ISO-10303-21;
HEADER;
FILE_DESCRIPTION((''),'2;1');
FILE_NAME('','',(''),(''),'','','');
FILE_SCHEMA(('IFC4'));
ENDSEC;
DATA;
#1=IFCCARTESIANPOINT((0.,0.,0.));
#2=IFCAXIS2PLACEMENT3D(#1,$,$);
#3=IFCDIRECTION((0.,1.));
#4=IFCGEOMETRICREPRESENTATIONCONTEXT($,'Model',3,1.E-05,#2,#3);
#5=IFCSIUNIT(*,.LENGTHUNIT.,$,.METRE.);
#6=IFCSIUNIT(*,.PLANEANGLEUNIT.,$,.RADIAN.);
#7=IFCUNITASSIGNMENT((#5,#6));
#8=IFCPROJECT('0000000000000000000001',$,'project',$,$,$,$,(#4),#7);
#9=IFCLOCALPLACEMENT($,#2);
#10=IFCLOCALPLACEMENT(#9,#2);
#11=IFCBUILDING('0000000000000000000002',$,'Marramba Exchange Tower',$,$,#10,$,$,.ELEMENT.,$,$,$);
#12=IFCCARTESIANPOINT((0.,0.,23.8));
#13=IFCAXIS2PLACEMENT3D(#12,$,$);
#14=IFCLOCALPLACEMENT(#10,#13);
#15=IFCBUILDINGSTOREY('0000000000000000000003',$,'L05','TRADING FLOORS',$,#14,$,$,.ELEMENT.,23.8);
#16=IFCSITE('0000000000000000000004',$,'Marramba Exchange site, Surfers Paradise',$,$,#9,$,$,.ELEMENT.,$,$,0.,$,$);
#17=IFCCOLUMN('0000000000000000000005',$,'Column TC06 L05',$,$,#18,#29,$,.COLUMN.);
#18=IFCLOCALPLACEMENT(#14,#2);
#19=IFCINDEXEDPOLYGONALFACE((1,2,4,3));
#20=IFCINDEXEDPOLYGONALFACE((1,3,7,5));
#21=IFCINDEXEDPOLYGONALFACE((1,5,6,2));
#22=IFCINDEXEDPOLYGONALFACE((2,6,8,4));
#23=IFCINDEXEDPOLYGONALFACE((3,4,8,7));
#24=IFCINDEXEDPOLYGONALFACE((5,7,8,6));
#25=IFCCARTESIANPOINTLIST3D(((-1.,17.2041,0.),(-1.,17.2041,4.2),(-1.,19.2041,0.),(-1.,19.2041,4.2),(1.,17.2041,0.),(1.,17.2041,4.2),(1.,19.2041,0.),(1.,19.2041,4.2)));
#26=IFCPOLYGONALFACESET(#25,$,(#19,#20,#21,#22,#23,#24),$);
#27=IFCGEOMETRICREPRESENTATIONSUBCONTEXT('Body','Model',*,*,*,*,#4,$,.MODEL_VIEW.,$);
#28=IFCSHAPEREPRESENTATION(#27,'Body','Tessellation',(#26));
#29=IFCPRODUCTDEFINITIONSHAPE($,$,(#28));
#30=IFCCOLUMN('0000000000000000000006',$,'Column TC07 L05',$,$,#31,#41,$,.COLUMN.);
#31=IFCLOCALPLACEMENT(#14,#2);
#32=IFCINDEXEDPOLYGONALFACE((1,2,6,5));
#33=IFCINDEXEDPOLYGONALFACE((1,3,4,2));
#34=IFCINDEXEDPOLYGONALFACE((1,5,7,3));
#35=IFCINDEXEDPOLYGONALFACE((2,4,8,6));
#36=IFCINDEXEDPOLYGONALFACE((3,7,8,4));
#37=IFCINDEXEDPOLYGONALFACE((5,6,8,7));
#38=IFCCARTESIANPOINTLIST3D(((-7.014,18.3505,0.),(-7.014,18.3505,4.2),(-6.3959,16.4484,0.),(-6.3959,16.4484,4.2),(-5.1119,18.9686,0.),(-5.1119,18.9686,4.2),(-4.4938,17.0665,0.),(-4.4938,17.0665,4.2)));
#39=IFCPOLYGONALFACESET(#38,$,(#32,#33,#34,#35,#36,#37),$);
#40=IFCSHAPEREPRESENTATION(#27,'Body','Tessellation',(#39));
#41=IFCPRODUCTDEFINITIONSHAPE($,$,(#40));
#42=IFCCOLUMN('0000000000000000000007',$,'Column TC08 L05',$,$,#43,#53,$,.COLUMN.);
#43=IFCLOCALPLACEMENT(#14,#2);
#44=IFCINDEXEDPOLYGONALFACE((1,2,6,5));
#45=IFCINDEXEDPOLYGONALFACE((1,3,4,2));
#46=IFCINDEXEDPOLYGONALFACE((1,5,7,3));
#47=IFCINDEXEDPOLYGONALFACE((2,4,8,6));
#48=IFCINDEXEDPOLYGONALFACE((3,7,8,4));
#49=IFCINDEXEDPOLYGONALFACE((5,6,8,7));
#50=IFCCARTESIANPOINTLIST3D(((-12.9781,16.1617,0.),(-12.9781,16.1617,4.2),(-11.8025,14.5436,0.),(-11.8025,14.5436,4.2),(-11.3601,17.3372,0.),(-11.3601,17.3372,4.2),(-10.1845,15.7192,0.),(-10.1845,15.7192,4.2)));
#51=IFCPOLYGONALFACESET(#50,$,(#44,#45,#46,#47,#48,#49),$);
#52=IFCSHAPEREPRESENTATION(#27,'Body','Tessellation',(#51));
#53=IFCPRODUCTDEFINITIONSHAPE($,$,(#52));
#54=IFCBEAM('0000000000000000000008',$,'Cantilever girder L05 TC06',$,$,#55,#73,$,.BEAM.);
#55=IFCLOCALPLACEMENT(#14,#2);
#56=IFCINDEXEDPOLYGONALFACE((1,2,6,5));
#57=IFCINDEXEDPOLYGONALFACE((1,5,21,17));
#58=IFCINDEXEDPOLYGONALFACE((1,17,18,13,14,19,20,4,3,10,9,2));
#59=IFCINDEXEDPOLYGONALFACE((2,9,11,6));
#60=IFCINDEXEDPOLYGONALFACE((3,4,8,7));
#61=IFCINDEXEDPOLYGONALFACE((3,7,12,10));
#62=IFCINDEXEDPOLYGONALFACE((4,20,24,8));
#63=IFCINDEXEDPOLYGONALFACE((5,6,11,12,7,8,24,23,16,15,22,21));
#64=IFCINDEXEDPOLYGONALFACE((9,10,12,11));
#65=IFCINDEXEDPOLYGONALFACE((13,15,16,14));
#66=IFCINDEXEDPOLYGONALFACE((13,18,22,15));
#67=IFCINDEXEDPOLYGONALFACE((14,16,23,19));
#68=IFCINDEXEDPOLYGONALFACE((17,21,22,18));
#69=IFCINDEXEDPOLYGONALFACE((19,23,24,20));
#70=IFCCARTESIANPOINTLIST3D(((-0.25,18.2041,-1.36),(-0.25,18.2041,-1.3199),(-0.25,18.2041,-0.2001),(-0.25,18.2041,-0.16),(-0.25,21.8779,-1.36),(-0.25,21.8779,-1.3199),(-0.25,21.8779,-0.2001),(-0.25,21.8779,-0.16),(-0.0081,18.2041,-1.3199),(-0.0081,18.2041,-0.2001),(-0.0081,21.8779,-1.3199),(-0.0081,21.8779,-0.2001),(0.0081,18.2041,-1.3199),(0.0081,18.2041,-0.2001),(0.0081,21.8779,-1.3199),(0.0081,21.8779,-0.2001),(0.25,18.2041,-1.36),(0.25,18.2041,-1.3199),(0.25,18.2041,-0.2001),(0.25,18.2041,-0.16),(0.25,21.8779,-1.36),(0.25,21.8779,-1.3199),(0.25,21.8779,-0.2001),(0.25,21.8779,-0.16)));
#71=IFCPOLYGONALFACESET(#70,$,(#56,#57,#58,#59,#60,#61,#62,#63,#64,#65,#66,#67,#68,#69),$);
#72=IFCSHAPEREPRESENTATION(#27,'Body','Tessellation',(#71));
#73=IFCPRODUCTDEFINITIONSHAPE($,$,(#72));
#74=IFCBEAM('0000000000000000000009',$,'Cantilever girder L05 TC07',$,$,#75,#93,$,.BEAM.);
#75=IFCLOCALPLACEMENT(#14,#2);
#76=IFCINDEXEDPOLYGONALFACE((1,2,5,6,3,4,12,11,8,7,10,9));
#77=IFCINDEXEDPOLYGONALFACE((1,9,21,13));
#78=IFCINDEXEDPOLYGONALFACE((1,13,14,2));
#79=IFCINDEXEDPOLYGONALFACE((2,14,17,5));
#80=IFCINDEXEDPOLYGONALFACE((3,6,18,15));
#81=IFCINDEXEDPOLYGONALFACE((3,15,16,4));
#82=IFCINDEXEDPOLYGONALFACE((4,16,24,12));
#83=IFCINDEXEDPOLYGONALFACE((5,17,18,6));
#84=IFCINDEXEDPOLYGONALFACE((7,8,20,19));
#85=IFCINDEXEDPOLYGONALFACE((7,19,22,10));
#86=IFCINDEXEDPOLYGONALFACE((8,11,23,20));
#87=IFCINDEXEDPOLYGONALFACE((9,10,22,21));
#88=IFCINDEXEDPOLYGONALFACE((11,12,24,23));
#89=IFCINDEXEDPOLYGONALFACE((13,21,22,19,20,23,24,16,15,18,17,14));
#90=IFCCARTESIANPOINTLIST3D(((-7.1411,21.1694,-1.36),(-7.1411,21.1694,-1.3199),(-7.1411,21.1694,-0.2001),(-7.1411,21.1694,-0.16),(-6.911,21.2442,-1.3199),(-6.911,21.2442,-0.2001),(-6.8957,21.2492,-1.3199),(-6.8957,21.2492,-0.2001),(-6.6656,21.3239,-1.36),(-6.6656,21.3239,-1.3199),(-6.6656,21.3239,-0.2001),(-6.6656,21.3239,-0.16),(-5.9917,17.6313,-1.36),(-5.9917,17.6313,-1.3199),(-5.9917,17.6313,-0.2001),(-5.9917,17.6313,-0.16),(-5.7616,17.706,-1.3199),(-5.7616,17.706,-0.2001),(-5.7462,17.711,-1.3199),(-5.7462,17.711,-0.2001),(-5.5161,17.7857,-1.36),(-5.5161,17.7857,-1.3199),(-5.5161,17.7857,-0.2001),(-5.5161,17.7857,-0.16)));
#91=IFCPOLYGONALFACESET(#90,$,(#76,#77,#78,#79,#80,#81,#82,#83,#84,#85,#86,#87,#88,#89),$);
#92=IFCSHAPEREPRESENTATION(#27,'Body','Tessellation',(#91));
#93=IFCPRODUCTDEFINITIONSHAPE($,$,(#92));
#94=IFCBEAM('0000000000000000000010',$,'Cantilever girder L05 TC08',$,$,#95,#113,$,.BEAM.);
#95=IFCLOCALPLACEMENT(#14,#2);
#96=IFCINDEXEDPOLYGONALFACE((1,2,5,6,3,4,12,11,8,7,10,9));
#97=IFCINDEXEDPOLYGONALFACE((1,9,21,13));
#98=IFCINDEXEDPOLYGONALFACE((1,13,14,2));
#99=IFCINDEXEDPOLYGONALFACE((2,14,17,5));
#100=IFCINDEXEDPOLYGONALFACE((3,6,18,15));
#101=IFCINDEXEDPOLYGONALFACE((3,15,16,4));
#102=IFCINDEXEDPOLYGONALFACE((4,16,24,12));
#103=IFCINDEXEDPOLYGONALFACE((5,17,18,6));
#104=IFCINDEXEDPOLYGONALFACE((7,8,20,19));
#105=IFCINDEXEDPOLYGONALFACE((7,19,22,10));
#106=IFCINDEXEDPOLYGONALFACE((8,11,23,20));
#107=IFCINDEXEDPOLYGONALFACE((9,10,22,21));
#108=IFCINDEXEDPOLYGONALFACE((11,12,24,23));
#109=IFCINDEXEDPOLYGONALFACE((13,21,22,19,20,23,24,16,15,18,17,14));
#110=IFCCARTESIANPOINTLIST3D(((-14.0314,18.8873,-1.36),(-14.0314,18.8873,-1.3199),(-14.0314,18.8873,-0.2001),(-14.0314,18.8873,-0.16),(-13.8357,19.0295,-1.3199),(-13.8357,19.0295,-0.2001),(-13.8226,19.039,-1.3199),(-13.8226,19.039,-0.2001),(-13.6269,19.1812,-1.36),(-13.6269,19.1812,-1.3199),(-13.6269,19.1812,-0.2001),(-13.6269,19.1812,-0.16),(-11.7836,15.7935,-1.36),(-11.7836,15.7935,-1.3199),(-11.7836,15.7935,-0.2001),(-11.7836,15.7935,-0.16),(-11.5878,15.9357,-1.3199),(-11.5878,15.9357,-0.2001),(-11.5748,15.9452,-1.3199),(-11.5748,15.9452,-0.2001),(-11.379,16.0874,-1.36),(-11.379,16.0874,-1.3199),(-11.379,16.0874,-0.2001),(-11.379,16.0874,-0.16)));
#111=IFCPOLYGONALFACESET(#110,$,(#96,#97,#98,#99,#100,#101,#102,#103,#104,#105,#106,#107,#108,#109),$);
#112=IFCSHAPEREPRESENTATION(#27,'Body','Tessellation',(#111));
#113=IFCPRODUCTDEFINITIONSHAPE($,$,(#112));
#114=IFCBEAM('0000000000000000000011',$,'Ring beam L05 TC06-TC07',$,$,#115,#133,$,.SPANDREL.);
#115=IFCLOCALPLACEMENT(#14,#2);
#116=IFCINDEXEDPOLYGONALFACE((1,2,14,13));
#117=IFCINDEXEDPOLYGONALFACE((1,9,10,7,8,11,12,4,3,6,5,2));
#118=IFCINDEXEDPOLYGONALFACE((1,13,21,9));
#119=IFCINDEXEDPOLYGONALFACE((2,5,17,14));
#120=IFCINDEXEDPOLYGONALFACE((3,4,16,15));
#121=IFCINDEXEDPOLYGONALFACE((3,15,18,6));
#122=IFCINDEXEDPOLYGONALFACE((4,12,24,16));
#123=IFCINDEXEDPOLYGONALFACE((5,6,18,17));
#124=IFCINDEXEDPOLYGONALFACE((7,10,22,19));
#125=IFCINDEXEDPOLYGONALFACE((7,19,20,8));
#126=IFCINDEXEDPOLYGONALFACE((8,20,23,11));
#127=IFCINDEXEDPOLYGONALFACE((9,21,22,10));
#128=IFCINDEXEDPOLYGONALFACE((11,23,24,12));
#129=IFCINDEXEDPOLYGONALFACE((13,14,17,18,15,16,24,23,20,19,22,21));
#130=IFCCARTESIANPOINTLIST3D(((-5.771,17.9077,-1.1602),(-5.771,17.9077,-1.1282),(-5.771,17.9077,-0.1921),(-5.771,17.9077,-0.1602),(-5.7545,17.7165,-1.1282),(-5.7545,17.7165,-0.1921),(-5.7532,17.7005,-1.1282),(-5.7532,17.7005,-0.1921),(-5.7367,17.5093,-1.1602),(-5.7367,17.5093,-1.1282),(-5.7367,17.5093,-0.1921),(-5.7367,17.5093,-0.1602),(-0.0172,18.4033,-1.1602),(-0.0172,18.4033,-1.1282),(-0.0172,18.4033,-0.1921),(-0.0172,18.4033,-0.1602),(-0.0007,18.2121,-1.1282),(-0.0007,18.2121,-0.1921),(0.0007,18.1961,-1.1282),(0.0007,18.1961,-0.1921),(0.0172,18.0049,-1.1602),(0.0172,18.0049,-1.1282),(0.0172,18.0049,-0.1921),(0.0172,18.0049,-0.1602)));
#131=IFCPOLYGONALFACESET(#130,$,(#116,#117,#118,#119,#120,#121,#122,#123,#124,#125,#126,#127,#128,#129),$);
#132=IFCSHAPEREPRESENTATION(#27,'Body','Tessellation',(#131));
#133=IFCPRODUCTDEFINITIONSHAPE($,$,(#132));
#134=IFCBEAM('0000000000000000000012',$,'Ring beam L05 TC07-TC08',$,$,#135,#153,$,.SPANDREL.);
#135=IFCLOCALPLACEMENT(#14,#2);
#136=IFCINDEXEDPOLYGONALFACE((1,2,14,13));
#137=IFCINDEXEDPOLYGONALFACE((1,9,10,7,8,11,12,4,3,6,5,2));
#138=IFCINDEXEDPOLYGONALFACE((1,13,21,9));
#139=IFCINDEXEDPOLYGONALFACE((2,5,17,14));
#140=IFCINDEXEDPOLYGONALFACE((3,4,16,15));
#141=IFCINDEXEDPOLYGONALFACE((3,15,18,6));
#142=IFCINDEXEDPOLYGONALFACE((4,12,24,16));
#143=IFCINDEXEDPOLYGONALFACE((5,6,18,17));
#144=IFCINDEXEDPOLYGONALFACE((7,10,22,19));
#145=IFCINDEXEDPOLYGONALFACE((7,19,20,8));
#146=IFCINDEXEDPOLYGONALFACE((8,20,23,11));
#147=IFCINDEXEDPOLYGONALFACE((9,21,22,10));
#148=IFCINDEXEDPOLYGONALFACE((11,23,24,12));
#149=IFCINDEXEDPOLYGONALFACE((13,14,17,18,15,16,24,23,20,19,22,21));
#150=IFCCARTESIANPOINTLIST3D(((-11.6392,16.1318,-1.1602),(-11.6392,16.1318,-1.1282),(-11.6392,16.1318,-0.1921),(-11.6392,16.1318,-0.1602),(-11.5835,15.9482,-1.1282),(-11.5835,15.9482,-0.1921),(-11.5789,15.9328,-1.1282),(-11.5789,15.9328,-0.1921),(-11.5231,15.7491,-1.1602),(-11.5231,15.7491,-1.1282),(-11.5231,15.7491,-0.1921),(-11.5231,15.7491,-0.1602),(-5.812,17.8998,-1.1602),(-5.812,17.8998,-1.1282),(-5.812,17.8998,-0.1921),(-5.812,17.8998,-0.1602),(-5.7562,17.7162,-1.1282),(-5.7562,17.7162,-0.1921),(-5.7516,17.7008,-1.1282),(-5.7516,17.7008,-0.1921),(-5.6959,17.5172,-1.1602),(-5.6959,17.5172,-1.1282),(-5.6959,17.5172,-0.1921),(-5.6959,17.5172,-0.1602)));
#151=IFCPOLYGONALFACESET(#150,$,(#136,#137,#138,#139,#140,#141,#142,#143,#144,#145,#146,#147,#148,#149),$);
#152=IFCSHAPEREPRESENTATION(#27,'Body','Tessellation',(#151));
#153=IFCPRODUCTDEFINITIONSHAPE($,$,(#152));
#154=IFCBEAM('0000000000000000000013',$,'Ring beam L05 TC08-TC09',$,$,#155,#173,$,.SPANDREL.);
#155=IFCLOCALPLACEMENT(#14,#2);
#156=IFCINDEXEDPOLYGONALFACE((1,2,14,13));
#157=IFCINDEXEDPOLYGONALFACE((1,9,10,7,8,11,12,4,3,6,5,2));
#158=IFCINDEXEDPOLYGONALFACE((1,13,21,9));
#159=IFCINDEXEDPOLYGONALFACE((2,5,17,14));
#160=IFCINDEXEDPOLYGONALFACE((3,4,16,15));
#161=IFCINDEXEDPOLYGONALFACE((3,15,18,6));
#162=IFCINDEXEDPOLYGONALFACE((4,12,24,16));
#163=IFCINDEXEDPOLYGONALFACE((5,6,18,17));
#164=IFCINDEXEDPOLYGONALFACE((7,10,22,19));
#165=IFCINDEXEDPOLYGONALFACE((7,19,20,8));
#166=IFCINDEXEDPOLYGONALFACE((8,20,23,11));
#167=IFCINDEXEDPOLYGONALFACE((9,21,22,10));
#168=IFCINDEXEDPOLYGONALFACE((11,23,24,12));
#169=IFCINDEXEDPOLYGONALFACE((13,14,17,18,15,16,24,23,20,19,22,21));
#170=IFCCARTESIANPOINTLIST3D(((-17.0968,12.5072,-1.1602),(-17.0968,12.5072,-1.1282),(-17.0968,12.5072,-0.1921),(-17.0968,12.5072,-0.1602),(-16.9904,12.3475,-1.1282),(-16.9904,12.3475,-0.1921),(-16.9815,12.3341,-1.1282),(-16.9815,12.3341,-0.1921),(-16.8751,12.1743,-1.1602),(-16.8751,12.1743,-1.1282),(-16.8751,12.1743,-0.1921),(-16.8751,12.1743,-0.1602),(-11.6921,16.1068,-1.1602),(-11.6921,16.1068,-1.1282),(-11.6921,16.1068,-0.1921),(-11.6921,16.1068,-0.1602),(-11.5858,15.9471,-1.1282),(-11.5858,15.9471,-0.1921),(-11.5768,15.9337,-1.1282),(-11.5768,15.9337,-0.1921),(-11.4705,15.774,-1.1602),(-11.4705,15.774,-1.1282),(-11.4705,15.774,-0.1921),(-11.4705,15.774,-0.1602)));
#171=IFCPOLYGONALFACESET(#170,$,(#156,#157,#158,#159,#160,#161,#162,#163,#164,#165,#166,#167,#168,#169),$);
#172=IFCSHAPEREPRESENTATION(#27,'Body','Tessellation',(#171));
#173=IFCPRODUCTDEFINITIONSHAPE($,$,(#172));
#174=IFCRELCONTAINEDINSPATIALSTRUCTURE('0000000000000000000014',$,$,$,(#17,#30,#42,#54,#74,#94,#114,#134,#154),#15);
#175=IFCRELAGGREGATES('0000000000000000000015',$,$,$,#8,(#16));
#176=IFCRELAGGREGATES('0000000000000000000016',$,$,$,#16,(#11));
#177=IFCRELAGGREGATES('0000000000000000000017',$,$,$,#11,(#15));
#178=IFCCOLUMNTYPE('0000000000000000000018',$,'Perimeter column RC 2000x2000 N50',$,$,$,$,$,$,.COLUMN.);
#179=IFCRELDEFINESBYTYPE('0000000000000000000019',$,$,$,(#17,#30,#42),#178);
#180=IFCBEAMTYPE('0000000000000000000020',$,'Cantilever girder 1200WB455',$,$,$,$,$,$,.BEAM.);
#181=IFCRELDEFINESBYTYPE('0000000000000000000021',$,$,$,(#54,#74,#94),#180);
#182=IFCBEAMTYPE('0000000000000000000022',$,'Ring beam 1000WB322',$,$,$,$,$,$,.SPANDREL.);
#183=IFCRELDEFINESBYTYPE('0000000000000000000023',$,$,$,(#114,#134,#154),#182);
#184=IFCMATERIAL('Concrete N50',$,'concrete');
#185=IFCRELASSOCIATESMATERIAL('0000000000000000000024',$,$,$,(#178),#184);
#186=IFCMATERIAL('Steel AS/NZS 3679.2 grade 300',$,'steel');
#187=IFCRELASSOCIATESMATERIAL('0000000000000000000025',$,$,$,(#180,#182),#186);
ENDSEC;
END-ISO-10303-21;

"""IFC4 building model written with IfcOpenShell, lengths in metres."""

from ifc_helpers import new_model, si_unit, direction, frame, origin, origin_2d, place, context, subcontext, project, spatial, rectangle, i_section, extrude, material, material_profile, profile_set, type_object, element, save


model = new_model("IFC4")

# Units and contexts
model_context = context("Model", 3, precision=1e-05, world=origin(), true_north=direction((0.0, 1.0)))
body_context = subcontext(model_context, "Body", "Model", "MODEL_VIEW")
ifc_project = project(units=[si_unit("LENGTHUNIT", "METRE"), si_unit("PLANEANGLEUNIT", "RADIAN")], contexts=[model_context])

# Site, building, storey
site_placement = place(None, origin())
site = spatial("IfcSite", under=ifc_project, at=site_placement, Name="Marramba Exchange site, Surfers Paradise", CompositionType="ELEMENT", RefElevation=0.0)
building_placement = place(site_placement, origin())
building = spatial("IfcBuilding", under=site, at=building_placement, Name="Marramba Exchange Tower", CompositionType="ELEMENT")
storey_placement = place(building_placement, frame((0.0, 0.0, 23.8)))
storey = spatial("IfcBuildingStorey", under=building, at=storey_placement, Name="L05", Description="TRADING FLOORS", CompositionType="ELEMENT", Elevation=23.8)

# Columns
ifc_material_1 = material(Name="Concrete N50", Category="concrete")
ifc_material_profile_1 = material_profile(ifc_material_1, rectangle(XDim=2.0, YDim=2.0, at=origin_2d()), Name="RC 2000x2000")
ifc_profile_set_1 = profile_set([ifc_material_profile_1], Name="Concrete N50")
column_type = type_object("IfcColumnType", Name="Perimeter column RC 2000x2000 N50", PredefinedType="COLUMN", material=ifc_profile_set_1)
for number, where, z_axis, x_axis, name in (
    (1, (0.0, 18.2041, 0.0), (0.0, 0.0, 1.0), (0.0, 1.0, 0.0), "Column TC06 L05"),
    (2, (-5.7539, 17.7085, 0.0), (0.0, 0.0, 1.0), (-0.309017, 0.951057, 0.0), "Column TC07 L05"),
    (3, (-11.5813, 15.9404, 0.0), (0.0, 0.0, 1.0), (-0.587785, 0.809017, 0.0), "Column TC08 L05"),
):
    element("IfcColumn", number, at=place(storey_placement, frame(where, z_axis=z_axis, x_axis=x_axis)), inside=storey, type_object=column_type, Name=name, PredefinedType="COLUMN", context=body_context, shape_type="SweptSolid", body=[
        extrude(rectangle(XDim=2.0, YDim=2.0, at=origin_2d()), origin(), (0.0, 0.0, 1.0), 4.2),
    ])

# Beams
ifc_material_2 = material(Name="Steel AS/NZS 3679.2 grade 300", Category="steel")
ifc_material_profile_2 = material_profile(ifc_material_2, i_section(OverallWidth=0.5, OverallDepth=1.2, WebThickness=0.0161, FlangeThickness=0.04, at=origin_2d()), Name="1200WB455")
ifc_profile_set_2 = profile_set([ifc_material_profile_2], Name="Steel AS/NZS 3679.2 grade 300")
beam_type_1 = type_object("IfcBeamType", Name="Cantilever girder 1200WB455", PredefinedType="BEAM", material=ifc_profile_set_2)
beam_1_placement = place(storey_placement, frame((0.0, 18.2041, -0.76), z_axis=(0.0, 1.0, 0.0), x_axis=(-1.0, 0.0, 0.0)))
element("IfcBeam", 4, at=beam_1_placement, inside=storey, type_object=beam_type_1, Name="Cantilever girder L05 TC06", PredefinedType="BEAM", context=body_context, shape_type="SweptSolid", body=[
    extrude(i_section(OverallWidth=0.5, OverallDepth=1.2, WebThickness=0.0161, FlangeThickness=0.04, at=origin_2d()), origin(), (0.0, 0.0, 1.0), 3.6738),
])
beam_2_placement = place(storey_placement, frame((-5.7539, 17.7085, -0.76), z_axis=(-0.308973, 0.951071, 0.0), x_axis=(-0.951071, -0.308973, 0.0)))
element("IfcBeam", 5, at=beam_2_placement, inside=storey, type_object=beam_type_1, Name="Cantilever girder L05 TC07", PredefinedType="BEAM", context=body_context, shape_type="SweptSolid", body=[
    extrude(i_section(OverallWidth=0.5, OverallDepth=1.2, WebThickness=0.0161, FlangeThickness=0.04, at=origin_2d()), origin(), (0.0, 0.0, 1.0), 3.7202),
])
beam_3_placement = place(storey_placement, frame((-11.5813, 15.9404, -0.76), z_axis=(-0.587796, 0.809009, 0.0), x_axis=(-0.809009, -0.587796, 0.0)))
element("IfcBeam", 6, at=beam_3_placement, inside=storey, type_object=beam_type_1, Name="Cantilever girder L05 TC08", PredefinedType="BEAM", context=body_context, shape_type="SweptSolid", body=[
    extrude(i_section(OverallWidth=0.5, OverallDepth=1.2, WebThickness=0.0161, FlangeThickness=0.04, at=origin_2d()), origin(), (0.0, 0.0, 1.0), 3.8242),
])
ifc_material_profile_3 = material_profile(ifc_material_2, i_section(OverallWidth=0.3999, OverallDepth=1.0, WebThickness=0.0161, FlangeThickness=0.032, at=origin_2d()), Name="1000WB322")
ifc_profile_set_3 = profile_set([ifc_material_profile_3], Name="Steel AS/NZS 3679.2 grade 300")
beam_type_2 = type_object("IfcBeamType", Name="Ring beam 1000WB322", PredefinedType="SPANDREL", material=ifc_profile_set_3)
beam_4_placement = place(storey_placement, frame((0.0, 18.2041, -0.6602), z_axis=(-0.996311, -0.085816, 0.0), x_axis=(0.085816, -0.996311, 0.0)))
element("IfcBeam", 7, at=beam_4_placement, inside=storey, type_object=beam_type_2, Name="Ring beam L05 TC06-TC07", PredefinedType="SPANDREL", context=body_context, shape_type="SweptSolid", body=[
    extrude(i_section(OverallWidth=0.3999, OverallDepth=1.0, WebThickness=0.0161, FlangeThickness=0.032, at=origin_2d()), origin(), (0.0, 0.0, 1.0), 5.7751),
])
beam_5_placement = place(storey_placement, frame((-5.7539, 17.7085, -0.6602), z_axis=(-0.956925, -0.290337, 0.0), x_axis=(0.290337, -0.956925, 0.0)))
element("IfcBeam", 8, at=beam_5_placement, inside=storey, type_object=beam_type_2, Name="Ring beam L05 TC07-TC08", PredefinedType="SPANDREL", context=body_context, shape_type="SweptSolid", body=[
    extrude(i_section(OverallWidth=0.3999, OverallDepth=1.0, WebThickness=0.0161, FlangeThickness=0.032, at=origin_2d()), origin(), (0.0, 0.0, 1.0), 6.0896),
])
beam_6_placement = place(storey_placement, frame((-11.5813, 15.9404, -0.6602), z_axis=(-0.832293, -0.554336, 0.0), x_axis=(0.554336, -0.832293, 0.0)))
element("IfcBeam", 9, at=beam_6_placement, inside=storey, type_object=beam_type_2, Name="Ring beam L05 TC08-TC09", PredefinedType="SPANDREL", context=body_context, shape_type="SweptSolid", body=[
    extrude(i_section(OverallWidth=0.3999, OverallDepth=1.0, WebThickness=0.0161, FlangeThickness=0.032, at=origin_2d()), origin(), (0.0, 0.0, 1.0), 6.4937),
])

save(model, "model.ifc")
